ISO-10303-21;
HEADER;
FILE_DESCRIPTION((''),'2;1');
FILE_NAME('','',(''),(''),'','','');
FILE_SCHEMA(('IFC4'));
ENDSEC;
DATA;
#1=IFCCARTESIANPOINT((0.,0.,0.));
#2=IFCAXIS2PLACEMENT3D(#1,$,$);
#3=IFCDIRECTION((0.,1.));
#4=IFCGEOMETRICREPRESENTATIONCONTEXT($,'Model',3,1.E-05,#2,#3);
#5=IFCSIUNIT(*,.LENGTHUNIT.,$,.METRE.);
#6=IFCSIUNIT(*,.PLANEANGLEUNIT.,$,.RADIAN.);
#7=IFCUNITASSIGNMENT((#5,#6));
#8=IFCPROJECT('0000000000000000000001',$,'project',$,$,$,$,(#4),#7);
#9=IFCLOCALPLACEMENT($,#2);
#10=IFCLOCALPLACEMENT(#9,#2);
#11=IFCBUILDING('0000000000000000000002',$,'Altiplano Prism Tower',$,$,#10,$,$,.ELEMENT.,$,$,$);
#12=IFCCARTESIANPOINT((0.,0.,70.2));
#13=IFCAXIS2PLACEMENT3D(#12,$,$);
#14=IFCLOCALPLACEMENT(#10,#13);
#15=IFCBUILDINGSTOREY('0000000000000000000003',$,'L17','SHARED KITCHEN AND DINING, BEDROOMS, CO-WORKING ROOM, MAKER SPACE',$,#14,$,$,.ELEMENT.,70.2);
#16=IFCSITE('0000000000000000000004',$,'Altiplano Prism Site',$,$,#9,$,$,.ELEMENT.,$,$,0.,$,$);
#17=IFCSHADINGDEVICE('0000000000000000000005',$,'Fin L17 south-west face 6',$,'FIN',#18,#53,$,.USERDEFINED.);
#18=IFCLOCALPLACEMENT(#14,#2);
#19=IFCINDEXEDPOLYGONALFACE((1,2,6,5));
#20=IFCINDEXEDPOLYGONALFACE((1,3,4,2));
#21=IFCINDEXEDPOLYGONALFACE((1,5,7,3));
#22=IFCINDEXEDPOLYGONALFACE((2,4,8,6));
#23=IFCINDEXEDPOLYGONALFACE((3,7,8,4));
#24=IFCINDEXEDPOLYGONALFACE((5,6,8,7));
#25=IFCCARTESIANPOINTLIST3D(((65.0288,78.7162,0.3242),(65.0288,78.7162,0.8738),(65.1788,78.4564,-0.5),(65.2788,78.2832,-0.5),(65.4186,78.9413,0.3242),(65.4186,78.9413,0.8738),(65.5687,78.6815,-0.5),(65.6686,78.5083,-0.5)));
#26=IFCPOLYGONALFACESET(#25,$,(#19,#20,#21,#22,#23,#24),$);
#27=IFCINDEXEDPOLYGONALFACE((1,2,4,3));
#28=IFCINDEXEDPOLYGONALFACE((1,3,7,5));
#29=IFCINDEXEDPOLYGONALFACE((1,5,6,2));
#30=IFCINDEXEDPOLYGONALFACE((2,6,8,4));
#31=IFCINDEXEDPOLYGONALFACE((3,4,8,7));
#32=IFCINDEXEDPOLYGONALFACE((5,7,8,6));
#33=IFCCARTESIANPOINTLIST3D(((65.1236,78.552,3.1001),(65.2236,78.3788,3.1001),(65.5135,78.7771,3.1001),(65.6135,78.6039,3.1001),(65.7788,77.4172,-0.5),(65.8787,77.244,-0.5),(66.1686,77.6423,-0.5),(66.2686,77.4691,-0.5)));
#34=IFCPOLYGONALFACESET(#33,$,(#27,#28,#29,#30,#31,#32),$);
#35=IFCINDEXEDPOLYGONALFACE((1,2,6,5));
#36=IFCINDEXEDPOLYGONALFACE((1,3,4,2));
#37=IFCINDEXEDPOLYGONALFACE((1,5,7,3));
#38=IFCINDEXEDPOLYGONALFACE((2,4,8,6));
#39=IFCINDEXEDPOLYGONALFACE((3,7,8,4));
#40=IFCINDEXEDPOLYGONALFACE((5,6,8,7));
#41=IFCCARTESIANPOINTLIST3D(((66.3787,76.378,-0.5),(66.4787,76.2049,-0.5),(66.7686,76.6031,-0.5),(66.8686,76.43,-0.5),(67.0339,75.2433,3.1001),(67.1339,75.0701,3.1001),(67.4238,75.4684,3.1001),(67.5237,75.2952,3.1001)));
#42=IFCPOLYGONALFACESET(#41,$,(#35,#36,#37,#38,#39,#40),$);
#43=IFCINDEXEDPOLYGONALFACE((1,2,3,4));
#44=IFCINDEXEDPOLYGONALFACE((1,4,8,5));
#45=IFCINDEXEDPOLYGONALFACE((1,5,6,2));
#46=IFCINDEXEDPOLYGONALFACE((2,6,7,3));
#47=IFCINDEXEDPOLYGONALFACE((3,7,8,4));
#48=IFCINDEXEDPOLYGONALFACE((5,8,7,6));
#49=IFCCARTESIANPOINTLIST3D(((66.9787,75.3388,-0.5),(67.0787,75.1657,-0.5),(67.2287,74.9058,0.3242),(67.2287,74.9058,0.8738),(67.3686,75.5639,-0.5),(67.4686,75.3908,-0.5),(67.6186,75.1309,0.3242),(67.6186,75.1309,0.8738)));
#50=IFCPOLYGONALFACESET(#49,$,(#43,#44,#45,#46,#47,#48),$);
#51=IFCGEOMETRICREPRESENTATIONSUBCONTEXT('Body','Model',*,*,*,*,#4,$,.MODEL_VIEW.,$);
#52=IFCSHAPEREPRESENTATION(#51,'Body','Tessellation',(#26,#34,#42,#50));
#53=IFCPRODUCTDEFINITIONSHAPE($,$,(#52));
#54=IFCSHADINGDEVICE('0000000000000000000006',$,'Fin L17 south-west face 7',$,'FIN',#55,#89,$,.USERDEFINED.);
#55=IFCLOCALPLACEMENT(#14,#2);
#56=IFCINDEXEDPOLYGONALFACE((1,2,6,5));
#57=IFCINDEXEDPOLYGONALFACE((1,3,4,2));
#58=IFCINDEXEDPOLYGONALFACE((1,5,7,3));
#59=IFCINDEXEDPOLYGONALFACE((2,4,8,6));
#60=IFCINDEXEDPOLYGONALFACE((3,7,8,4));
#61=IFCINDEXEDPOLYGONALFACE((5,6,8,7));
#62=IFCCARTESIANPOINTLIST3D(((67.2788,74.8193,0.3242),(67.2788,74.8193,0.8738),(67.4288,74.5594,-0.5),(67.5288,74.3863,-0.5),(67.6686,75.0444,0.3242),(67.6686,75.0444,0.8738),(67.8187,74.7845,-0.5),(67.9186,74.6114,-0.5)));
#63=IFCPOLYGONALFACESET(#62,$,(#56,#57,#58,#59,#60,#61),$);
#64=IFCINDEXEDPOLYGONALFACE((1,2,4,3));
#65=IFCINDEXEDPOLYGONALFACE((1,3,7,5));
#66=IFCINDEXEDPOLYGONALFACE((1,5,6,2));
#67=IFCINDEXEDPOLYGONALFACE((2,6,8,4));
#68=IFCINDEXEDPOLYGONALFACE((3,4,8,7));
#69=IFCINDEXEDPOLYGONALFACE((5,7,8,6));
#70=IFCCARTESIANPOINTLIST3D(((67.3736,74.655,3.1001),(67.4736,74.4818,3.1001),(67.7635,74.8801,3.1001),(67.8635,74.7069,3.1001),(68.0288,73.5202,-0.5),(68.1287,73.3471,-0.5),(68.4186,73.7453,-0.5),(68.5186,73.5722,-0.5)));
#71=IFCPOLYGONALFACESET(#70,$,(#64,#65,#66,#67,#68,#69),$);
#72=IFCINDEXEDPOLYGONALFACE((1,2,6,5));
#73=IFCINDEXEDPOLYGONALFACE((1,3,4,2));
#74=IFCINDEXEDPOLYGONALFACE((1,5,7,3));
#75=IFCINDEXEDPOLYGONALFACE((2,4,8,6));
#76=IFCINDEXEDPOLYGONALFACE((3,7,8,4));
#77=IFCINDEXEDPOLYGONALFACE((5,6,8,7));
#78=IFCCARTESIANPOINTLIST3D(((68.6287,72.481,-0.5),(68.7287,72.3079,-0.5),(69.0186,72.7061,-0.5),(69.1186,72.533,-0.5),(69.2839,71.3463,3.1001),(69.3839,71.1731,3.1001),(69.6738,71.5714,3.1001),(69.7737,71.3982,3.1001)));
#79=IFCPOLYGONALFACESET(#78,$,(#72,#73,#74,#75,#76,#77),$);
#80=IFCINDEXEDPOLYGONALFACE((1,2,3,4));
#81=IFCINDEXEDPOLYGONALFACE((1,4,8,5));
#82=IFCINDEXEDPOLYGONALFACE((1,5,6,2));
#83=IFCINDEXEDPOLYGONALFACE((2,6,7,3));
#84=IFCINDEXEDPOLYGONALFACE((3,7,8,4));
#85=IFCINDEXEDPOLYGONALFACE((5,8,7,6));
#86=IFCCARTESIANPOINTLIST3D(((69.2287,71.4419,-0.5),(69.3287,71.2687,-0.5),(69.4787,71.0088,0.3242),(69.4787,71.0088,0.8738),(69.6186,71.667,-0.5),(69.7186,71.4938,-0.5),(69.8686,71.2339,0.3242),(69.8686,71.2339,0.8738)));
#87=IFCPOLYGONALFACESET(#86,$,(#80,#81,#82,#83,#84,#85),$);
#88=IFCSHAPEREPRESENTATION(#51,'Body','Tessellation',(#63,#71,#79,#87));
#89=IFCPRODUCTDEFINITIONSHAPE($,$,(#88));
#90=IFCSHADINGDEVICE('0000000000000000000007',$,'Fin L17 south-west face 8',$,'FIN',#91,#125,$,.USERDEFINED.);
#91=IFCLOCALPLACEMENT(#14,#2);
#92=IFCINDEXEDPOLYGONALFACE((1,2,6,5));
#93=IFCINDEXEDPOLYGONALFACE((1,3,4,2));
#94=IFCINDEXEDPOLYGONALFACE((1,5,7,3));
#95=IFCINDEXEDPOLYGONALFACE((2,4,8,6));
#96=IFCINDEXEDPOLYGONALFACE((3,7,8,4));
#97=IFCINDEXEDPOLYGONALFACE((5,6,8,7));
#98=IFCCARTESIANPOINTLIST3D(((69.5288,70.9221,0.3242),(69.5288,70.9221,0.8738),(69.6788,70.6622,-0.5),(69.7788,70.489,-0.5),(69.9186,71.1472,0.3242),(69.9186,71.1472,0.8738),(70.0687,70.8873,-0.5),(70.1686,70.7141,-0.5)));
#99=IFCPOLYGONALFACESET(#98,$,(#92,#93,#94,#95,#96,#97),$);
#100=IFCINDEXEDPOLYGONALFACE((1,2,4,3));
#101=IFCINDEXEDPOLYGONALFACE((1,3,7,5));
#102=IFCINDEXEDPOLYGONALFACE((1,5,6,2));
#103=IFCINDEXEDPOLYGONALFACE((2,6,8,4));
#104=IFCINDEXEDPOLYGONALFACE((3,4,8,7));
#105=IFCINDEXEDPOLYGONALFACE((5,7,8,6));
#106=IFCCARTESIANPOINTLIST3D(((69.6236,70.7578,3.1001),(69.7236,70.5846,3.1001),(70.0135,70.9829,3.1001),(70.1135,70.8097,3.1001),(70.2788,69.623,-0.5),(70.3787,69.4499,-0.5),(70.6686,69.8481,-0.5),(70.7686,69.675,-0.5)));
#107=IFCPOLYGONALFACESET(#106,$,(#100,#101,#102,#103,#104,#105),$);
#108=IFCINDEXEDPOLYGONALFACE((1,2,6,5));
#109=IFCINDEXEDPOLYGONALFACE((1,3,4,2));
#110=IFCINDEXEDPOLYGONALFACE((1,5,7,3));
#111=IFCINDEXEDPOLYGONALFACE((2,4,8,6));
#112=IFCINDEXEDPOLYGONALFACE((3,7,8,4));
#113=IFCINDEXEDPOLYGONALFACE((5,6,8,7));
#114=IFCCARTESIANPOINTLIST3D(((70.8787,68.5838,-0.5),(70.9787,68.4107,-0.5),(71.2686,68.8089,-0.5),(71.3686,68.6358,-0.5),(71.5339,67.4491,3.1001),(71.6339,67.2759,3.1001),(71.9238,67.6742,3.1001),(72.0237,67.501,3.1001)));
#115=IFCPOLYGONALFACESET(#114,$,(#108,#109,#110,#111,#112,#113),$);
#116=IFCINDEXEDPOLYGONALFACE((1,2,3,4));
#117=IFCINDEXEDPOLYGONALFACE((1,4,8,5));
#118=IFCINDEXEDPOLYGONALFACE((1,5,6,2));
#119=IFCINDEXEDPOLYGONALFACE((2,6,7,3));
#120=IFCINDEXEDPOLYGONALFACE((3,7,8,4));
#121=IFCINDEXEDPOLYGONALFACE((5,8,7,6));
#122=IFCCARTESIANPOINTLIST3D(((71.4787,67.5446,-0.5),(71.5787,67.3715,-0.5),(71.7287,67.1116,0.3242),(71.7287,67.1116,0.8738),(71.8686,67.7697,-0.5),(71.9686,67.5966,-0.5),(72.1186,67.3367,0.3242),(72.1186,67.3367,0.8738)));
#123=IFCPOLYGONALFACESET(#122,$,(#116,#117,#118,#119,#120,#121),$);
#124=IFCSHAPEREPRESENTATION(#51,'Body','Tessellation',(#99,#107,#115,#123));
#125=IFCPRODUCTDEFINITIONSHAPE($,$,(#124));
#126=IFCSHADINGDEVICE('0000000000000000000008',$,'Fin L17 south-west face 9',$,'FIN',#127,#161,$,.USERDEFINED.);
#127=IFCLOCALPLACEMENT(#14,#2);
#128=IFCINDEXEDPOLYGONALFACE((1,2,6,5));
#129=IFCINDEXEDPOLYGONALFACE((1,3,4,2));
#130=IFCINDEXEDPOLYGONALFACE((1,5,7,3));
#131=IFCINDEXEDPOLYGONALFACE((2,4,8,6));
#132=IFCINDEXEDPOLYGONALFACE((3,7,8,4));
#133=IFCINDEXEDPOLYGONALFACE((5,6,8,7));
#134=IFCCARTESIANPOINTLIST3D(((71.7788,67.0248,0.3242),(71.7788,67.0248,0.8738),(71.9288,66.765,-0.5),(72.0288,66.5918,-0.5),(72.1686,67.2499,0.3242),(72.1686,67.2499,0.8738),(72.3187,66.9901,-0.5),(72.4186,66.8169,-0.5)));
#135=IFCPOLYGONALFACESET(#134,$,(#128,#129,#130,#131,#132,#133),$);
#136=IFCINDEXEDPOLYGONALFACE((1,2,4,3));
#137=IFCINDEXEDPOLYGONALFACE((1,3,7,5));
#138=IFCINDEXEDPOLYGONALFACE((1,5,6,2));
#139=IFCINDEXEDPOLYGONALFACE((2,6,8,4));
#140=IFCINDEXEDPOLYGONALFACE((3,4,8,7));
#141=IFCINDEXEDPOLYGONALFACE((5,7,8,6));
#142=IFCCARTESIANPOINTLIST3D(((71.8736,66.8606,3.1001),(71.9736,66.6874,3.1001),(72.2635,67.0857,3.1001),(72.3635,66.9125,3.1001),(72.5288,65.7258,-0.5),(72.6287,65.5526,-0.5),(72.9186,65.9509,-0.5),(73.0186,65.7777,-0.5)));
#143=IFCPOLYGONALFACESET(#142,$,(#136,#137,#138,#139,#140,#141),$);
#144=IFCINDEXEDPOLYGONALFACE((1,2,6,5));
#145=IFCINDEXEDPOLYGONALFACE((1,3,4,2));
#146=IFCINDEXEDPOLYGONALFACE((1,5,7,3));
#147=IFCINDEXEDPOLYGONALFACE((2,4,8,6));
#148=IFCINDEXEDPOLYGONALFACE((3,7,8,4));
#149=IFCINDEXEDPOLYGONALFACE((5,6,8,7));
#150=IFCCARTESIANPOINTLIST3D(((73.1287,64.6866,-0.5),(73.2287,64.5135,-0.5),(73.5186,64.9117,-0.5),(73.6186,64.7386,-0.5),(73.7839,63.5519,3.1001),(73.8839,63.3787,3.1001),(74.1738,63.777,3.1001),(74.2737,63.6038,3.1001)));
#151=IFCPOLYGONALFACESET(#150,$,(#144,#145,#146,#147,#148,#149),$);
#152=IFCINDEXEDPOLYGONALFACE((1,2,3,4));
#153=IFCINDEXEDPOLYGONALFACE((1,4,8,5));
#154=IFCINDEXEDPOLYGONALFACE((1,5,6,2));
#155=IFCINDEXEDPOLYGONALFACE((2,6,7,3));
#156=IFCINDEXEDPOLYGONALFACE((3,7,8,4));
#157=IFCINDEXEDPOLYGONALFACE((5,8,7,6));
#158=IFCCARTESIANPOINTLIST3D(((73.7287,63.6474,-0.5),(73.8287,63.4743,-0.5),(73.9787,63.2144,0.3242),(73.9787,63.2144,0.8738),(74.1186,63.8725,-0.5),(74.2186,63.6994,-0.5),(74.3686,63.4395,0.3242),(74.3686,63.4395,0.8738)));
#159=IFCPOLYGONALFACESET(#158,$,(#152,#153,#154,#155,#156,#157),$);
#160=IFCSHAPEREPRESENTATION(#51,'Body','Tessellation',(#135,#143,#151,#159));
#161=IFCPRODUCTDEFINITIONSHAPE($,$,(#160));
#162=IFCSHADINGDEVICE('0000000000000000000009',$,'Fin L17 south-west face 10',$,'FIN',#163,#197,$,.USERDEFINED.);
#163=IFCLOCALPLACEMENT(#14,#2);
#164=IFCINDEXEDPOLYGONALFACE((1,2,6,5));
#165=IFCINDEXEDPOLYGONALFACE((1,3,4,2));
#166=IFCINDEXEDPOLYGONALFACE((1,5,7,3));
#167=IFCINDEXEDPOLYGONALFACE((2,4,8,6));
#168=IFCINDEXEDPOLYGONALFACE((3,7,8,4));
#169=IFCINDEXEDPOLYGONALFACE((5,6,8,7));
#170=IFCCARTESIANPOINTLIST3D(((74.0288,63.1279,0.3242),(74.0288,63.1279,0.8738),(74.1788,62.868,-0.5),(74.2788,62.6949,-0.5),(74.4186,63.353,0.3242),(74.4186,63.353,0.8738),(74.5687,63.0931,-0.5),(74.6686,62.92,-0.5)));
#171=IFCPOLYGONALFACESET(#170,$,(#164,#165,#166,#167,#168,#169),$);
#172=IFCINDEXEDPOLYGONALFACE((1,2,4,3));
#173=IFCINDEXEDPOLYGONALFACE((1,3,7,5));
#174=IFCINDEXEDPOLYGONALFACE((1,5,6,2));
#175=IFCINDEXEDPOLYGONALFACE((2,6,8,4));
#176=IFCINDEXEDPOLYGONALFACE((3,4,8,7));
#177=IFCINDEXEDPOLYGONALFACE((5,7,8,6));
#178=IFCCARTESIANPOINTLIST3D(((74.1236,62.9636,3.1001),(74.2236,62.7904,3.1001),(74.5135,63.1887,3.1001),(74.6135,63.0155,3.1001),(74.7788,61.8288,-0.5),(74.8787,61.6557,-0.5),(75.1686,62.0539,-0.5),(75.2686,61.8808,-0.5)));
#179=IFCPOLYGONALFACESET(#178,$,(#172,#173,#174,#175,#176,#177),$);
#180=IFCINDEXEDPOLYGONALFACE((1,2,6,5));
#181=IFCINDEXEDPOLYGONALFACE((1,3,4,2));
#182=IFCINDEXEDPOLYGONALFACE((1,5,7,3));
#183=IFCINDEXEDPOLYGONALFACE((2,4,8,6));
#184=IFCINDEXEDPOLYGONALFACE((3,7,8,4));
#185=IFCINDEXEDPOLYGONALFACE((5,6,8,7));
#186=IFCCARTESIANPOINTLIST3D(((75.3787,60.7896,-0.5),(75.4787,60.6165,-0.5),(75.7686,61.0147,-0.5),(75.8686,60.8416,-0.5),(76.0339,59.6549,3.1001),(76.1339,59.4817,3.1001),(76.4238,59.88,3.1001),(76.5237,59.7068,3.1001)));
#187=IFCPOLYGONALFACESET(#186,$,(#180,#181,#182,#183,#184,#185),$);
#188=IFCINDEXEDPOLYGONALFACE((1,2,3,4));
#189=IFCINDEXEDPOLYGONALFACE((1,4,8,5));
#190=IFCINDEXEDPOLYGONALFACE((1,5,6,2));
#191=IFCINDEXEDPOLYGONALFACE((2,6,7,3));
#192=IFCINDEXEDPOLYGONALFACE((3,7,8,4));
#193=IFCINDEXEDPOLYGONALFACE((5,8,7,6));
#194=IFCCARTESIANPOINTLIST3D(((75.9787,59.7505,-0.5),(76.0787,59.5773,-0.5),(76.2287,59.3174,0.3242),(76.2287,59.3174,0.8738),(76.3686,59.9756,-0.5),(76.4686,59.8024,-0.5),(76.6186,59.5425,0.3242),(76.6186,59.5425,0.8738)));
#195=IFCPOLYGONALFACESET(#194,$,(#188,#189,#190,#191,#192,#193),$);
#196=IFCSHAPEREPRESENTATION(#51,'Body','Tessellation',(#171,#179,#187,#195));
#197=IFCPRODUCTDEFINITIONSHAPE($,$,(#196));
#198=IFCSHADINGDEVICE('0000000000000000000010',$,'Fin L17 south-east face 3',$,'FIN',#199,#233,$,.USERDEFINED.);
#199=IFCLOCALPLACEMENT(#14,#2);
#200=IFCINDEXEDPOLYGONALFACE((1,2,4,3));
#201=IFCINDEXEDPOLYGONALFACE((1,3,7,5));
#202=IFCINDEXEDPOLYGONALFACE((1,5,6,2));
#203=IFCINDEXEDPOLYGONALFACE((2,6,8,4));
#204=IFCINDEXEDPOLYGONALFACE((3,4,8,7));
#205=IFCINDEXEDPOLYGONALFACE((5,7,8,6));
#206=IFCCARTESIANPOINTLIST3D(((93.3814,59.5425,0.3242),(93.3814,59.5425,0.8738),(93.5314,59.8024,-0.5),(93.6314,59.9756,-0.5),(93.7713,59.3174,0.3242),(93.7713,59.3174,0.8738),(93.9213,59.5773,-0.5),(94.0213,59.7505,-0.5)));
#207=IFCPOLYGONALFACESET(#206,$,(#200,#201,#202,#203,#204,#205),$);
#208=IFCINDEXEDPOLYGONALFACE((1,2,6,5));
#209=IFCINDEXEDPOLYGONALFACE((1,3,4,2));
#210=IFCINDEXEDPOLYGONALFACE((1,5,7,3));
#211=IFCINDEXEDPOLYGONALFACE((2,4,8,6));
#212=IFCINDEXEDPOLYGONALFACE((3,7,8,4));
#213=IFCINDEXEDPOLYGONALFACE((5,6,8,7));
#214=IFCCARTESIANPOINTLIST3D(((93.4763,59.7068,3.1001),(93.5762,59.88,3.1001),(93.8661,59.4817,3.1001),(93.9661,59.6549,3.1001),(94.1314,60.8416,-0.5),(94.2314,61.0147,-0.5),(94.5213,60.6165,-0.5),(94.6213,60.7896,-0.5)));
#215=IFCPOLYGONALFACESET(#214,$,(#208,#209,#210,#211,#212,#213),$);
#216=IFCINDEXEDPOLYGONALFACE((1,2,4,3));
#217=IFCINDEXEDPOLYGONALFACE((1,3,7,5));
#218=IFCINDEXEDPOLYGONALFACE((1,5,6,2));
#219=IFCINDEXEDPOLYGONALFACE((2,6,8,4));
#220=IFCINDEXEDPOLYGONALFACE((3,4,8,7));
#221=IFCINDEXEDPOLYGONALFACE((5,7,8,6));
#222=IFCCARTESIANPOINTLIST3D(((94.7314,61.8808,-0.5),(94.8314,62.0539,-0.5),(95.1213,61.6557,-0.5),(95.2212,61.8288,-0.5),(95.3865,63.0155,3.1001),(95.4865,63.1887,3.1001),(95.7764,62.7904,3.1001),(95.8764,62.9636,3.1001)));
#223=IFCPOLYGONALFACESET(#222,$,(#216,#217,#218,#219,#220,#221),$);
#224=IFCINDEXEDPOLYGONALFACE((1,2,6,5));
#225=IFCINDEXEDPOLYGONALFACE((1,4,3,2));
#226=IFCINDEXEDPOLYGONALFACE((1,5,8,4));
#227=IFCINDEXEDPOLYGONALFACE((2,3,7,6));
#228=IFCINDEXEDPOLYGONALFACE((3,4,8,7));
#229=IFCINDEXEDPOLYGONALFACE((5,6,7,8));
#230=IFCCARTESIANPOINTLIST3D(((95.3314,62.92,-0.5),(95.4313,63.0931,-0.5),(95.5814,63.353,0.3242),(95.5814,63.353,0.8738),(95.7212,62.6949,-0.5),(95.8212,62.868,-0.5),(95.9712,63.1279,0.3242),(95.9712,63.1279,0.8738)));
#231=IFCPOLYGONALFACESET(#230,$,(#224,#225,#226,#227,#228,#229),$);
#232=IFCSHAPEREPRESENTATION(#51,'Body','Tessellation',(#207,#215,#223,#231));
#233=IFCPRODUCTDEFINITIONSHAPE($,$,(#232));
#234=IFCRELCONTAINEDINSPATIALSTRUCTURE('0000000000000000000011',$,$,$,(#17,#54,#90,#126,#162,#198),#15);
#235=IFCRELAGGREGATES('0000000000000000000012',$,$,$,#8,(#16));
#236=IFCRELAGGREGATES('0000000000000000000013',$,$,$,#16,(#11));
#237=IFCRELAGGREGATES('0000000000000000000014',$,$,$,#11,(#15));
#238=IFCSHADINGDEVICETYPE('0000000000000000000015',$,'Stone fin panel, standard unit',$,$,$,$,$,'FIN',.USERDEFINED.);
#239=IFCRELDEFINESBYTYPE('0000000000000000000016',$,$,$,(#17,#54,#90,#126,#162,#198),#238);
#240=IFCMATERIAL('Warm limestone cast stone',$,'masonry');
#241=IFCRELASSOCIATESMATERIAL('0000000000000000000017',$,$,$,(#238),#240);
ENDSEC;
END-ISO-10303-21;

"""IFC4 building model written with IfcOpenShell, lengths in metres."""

from ifc_helpers import new_model, si_unit, direction, frame, origin, place, context, subcontext, project, spatial, polyline, outline, extrude, source, transform, mapped, material, type_object, element, save


model = new_model("IFC4")

# Units and contexts
model_context = context("Model", 3, precision=1e-05, world=origin(), true_north=direction((0.0, 1.0)))
body_context = subcontext(model_context, "Body", "Model", "MODEL_VIEW")
ifc_project = project(units=[si_unit("LENGTHUNIT", "METRE"), si_unit("PLANEANGLEUNIT", "RADIAN")], contexts=[model_context])

# Site, building, storey
site_placement = place(None, origin())
site = spatial("IfcSite", under=ifc_project, at=site_placement, Name="Altiplano Prism Site", CompositionType="ELEMENT", RefElevation=0.0)
building_placement = place(site_placement, origin())
building = spatial("IfcBuilding", under=site, at=building_placement, Name="Altiplano Prism Tower", CompositionType="ELEMENT")
storey_placement = place(building_placement, frame((0.0, 0.0, 70.2)))
storey = spatial("IfcBuildingStorey", under=building, at=storey_placement, Name="L17", Description="SHARED KITCHEN AND DINING, BEDROOMS, CO-WORKING ROOM, MAKER SPACE", CompositionType="ELEMENT", Elevation=70.2)

# Shading devices
ifc_material_1 = material(Name="Warm limestone cast stone", Category="masonry")
shading_device_type_1 = type_object("IfcShadingDeviceType", Name="Stone fin panel, standard unit", ElementType="FIN", PredefinedType="USERDEFINED", material=ifc_material_1)
shared_shape_1 = source(origin(), body_context, "Body", "SweptSolid", [
    extrude(outline(polyline([(-2.2, 1.3738), (-2.2, 0.8242), (-1.8999, 0.0), (-1.7, 0.0), (-2.2, 1.3738)])), frame((0.0, -0.1499, 0.0), z_axis=(0.0, -1.0, 0.0), x_axis=(1.0, 0.0, 0.0)), (0.0, 0.0, 1.0), 0.4502),
    extrude(outline(polyline([(-2.0103, 3.6001), (-0.7, 0.0), (-0.5, 0.0), (-1.8103, 3.6001), (-2.0103, 3.6001)])), frame((0.0, -0.1499, 0.0), z_axis=(0.0, -1.0, 0.0), x_axis=(1.0, 0.0, 0.0)), (0.0, 0.0, 1.0), 0.4502),
    extrude(outline(polyline([(1.8103, 3.6001), (0.5, 0.0), (0.7, 0.0), (2.0103, 3.6001), (1.8103, 3.6001)])), frame((0.0, -0.1499, 0.0), z_axis=(0.0, -1.0, 0.0), x_axis=(1.0, 0.0, 0.0)), (0.0, 0.0, 1.0), 0.4502),
    extrude(outline(polyline([(2.2, 0.8242), (2.2, 1.3738), (1.7, 0.0), (1.8999, 0.0), (2.2, 0.8242)])), frame((0.0, -0.1499, 0.0), z_axis=(0.0, -1.0, 0.0), x_axis=(1.0, 0.0, 0.0)), (0.0, 0.0, 1.0), 0.4502),
])
shading_device_1_placement = place(storey_placement, origin())
element("IfcShadingDevice", 1, at=shading_device_1_placement, inside=storey, type_object=shading_device_type_1, Name="Fin L17 south-west face 6", ObjectType="FIN", PredefinedType="USERDEFINED", context=body_context, shape_type="MappedRepresentation", body=[
    mapped(shared_shape_1, transform((66.6484, 77.1111, -0.5), x_axis=(0.5, -0.866025, 0.0), y_axis=(0.866025, 0.5, 0.0), z_axis=(0.0, 0.0, 1.0))),
])
shading_device_2_placement = place(storey_placement, origin())
element("IfcShadingDevice", 2, at=shading_device_2_placement, inside=storey, type_object=shading_device_type_1, Name="Fin L17 south-west face 7", ObjectType="FIN", PredefinedType="USERDEFINED", context=body_context, shape_type="MappedRepresentation", body=[
    mapped(shared_shape_1, transform((68.8984, 73.2141, -0.5), x_axis=(0.5, -0.866025, 0.0), y_axis=(0.866025, 0.5, 0.0), z_axis=(0.0, 0.0, 1.0))),
])
shading_device_3_placement = place(storey_placement, origin())
element("IfcShadingDevice", 3, at=shading_device_3_placement, inside=storey, type_object=shading_device_type_1, Name="Fin L17 south-west face 8", ObjectType="FIN", PredefinedType="USERDEFINED", context=body_context, shape_type="MappedRepresentation", body=[
    mapped(shared_shape_1, transform((71.1484, 69.3169, -0.5), x_axis=(0.5, -0.866025, 0.0), y_axis=(0.866025, 0.5, 0.0), z_axis=(0.0, 0.0, 1.0))),
])
shading_device_4_placement = place(storey_placement, origin())
element("IfcShadingDevice", 4, at=shading_device_4_placement, inside=storey, type_object=shading_device_type_1, Name="Fin L17 south-west face 9", ObjectType="FIN", PredefinedType="USERDEFINED", context=body_context, shape_type="MappedRepresentation", body=[
    mapped(shared_shape_1, transform((73.3984, 65.4197, -0.5), x_axis=(0.5, -0.866025, 0.0), y_axis=(0.866025, 0.5, 0.0), z_axis=(0.0, 0.0, 1.0))),
])
shading_device_5_placement = place(storey_placement, origin())
element("IfcShadingDevice", 5, at=shading_device_5_placement, inside=storey, type_object=shading_device_type_1, Name="Fin L17 south-west face 10", ObjectType="FIN", PredefinedType="USERDEFINED", context=body_context, shape_type="MappedRepresentation", body=[
    mapped(shared_shape_1, transform((75.6484, 61.5227, -0.5), x_axis=(0.5, -0.866025, 0.0), y_axis=(0.866025, 0.5, 0.0), z_axis=(0.0, 0.0, 1.0))),
])
shading_device_6_placement = place(storey_placement, origin())
element("IfcShadingDevice", 6, at=shading_device_6_placement, inside=storey, type_object=shading_device_type_1, Name="Fin L17 south-east face 3", ObjectType="FIN", PredefinedType="USERDEFINED", context=body_context, shape_type="MappedRepresentation", body=[
    mapped(shared_shape_1, transform((94.3516, 61.5227, -0.5), x_axis=(0.5, 0.866025, 0.0), y_axis=(-0.866025, 0.5, 0.0), z_axis=(0.0, 0.0, 1.0))),
])

save(model, "model.ifc")
